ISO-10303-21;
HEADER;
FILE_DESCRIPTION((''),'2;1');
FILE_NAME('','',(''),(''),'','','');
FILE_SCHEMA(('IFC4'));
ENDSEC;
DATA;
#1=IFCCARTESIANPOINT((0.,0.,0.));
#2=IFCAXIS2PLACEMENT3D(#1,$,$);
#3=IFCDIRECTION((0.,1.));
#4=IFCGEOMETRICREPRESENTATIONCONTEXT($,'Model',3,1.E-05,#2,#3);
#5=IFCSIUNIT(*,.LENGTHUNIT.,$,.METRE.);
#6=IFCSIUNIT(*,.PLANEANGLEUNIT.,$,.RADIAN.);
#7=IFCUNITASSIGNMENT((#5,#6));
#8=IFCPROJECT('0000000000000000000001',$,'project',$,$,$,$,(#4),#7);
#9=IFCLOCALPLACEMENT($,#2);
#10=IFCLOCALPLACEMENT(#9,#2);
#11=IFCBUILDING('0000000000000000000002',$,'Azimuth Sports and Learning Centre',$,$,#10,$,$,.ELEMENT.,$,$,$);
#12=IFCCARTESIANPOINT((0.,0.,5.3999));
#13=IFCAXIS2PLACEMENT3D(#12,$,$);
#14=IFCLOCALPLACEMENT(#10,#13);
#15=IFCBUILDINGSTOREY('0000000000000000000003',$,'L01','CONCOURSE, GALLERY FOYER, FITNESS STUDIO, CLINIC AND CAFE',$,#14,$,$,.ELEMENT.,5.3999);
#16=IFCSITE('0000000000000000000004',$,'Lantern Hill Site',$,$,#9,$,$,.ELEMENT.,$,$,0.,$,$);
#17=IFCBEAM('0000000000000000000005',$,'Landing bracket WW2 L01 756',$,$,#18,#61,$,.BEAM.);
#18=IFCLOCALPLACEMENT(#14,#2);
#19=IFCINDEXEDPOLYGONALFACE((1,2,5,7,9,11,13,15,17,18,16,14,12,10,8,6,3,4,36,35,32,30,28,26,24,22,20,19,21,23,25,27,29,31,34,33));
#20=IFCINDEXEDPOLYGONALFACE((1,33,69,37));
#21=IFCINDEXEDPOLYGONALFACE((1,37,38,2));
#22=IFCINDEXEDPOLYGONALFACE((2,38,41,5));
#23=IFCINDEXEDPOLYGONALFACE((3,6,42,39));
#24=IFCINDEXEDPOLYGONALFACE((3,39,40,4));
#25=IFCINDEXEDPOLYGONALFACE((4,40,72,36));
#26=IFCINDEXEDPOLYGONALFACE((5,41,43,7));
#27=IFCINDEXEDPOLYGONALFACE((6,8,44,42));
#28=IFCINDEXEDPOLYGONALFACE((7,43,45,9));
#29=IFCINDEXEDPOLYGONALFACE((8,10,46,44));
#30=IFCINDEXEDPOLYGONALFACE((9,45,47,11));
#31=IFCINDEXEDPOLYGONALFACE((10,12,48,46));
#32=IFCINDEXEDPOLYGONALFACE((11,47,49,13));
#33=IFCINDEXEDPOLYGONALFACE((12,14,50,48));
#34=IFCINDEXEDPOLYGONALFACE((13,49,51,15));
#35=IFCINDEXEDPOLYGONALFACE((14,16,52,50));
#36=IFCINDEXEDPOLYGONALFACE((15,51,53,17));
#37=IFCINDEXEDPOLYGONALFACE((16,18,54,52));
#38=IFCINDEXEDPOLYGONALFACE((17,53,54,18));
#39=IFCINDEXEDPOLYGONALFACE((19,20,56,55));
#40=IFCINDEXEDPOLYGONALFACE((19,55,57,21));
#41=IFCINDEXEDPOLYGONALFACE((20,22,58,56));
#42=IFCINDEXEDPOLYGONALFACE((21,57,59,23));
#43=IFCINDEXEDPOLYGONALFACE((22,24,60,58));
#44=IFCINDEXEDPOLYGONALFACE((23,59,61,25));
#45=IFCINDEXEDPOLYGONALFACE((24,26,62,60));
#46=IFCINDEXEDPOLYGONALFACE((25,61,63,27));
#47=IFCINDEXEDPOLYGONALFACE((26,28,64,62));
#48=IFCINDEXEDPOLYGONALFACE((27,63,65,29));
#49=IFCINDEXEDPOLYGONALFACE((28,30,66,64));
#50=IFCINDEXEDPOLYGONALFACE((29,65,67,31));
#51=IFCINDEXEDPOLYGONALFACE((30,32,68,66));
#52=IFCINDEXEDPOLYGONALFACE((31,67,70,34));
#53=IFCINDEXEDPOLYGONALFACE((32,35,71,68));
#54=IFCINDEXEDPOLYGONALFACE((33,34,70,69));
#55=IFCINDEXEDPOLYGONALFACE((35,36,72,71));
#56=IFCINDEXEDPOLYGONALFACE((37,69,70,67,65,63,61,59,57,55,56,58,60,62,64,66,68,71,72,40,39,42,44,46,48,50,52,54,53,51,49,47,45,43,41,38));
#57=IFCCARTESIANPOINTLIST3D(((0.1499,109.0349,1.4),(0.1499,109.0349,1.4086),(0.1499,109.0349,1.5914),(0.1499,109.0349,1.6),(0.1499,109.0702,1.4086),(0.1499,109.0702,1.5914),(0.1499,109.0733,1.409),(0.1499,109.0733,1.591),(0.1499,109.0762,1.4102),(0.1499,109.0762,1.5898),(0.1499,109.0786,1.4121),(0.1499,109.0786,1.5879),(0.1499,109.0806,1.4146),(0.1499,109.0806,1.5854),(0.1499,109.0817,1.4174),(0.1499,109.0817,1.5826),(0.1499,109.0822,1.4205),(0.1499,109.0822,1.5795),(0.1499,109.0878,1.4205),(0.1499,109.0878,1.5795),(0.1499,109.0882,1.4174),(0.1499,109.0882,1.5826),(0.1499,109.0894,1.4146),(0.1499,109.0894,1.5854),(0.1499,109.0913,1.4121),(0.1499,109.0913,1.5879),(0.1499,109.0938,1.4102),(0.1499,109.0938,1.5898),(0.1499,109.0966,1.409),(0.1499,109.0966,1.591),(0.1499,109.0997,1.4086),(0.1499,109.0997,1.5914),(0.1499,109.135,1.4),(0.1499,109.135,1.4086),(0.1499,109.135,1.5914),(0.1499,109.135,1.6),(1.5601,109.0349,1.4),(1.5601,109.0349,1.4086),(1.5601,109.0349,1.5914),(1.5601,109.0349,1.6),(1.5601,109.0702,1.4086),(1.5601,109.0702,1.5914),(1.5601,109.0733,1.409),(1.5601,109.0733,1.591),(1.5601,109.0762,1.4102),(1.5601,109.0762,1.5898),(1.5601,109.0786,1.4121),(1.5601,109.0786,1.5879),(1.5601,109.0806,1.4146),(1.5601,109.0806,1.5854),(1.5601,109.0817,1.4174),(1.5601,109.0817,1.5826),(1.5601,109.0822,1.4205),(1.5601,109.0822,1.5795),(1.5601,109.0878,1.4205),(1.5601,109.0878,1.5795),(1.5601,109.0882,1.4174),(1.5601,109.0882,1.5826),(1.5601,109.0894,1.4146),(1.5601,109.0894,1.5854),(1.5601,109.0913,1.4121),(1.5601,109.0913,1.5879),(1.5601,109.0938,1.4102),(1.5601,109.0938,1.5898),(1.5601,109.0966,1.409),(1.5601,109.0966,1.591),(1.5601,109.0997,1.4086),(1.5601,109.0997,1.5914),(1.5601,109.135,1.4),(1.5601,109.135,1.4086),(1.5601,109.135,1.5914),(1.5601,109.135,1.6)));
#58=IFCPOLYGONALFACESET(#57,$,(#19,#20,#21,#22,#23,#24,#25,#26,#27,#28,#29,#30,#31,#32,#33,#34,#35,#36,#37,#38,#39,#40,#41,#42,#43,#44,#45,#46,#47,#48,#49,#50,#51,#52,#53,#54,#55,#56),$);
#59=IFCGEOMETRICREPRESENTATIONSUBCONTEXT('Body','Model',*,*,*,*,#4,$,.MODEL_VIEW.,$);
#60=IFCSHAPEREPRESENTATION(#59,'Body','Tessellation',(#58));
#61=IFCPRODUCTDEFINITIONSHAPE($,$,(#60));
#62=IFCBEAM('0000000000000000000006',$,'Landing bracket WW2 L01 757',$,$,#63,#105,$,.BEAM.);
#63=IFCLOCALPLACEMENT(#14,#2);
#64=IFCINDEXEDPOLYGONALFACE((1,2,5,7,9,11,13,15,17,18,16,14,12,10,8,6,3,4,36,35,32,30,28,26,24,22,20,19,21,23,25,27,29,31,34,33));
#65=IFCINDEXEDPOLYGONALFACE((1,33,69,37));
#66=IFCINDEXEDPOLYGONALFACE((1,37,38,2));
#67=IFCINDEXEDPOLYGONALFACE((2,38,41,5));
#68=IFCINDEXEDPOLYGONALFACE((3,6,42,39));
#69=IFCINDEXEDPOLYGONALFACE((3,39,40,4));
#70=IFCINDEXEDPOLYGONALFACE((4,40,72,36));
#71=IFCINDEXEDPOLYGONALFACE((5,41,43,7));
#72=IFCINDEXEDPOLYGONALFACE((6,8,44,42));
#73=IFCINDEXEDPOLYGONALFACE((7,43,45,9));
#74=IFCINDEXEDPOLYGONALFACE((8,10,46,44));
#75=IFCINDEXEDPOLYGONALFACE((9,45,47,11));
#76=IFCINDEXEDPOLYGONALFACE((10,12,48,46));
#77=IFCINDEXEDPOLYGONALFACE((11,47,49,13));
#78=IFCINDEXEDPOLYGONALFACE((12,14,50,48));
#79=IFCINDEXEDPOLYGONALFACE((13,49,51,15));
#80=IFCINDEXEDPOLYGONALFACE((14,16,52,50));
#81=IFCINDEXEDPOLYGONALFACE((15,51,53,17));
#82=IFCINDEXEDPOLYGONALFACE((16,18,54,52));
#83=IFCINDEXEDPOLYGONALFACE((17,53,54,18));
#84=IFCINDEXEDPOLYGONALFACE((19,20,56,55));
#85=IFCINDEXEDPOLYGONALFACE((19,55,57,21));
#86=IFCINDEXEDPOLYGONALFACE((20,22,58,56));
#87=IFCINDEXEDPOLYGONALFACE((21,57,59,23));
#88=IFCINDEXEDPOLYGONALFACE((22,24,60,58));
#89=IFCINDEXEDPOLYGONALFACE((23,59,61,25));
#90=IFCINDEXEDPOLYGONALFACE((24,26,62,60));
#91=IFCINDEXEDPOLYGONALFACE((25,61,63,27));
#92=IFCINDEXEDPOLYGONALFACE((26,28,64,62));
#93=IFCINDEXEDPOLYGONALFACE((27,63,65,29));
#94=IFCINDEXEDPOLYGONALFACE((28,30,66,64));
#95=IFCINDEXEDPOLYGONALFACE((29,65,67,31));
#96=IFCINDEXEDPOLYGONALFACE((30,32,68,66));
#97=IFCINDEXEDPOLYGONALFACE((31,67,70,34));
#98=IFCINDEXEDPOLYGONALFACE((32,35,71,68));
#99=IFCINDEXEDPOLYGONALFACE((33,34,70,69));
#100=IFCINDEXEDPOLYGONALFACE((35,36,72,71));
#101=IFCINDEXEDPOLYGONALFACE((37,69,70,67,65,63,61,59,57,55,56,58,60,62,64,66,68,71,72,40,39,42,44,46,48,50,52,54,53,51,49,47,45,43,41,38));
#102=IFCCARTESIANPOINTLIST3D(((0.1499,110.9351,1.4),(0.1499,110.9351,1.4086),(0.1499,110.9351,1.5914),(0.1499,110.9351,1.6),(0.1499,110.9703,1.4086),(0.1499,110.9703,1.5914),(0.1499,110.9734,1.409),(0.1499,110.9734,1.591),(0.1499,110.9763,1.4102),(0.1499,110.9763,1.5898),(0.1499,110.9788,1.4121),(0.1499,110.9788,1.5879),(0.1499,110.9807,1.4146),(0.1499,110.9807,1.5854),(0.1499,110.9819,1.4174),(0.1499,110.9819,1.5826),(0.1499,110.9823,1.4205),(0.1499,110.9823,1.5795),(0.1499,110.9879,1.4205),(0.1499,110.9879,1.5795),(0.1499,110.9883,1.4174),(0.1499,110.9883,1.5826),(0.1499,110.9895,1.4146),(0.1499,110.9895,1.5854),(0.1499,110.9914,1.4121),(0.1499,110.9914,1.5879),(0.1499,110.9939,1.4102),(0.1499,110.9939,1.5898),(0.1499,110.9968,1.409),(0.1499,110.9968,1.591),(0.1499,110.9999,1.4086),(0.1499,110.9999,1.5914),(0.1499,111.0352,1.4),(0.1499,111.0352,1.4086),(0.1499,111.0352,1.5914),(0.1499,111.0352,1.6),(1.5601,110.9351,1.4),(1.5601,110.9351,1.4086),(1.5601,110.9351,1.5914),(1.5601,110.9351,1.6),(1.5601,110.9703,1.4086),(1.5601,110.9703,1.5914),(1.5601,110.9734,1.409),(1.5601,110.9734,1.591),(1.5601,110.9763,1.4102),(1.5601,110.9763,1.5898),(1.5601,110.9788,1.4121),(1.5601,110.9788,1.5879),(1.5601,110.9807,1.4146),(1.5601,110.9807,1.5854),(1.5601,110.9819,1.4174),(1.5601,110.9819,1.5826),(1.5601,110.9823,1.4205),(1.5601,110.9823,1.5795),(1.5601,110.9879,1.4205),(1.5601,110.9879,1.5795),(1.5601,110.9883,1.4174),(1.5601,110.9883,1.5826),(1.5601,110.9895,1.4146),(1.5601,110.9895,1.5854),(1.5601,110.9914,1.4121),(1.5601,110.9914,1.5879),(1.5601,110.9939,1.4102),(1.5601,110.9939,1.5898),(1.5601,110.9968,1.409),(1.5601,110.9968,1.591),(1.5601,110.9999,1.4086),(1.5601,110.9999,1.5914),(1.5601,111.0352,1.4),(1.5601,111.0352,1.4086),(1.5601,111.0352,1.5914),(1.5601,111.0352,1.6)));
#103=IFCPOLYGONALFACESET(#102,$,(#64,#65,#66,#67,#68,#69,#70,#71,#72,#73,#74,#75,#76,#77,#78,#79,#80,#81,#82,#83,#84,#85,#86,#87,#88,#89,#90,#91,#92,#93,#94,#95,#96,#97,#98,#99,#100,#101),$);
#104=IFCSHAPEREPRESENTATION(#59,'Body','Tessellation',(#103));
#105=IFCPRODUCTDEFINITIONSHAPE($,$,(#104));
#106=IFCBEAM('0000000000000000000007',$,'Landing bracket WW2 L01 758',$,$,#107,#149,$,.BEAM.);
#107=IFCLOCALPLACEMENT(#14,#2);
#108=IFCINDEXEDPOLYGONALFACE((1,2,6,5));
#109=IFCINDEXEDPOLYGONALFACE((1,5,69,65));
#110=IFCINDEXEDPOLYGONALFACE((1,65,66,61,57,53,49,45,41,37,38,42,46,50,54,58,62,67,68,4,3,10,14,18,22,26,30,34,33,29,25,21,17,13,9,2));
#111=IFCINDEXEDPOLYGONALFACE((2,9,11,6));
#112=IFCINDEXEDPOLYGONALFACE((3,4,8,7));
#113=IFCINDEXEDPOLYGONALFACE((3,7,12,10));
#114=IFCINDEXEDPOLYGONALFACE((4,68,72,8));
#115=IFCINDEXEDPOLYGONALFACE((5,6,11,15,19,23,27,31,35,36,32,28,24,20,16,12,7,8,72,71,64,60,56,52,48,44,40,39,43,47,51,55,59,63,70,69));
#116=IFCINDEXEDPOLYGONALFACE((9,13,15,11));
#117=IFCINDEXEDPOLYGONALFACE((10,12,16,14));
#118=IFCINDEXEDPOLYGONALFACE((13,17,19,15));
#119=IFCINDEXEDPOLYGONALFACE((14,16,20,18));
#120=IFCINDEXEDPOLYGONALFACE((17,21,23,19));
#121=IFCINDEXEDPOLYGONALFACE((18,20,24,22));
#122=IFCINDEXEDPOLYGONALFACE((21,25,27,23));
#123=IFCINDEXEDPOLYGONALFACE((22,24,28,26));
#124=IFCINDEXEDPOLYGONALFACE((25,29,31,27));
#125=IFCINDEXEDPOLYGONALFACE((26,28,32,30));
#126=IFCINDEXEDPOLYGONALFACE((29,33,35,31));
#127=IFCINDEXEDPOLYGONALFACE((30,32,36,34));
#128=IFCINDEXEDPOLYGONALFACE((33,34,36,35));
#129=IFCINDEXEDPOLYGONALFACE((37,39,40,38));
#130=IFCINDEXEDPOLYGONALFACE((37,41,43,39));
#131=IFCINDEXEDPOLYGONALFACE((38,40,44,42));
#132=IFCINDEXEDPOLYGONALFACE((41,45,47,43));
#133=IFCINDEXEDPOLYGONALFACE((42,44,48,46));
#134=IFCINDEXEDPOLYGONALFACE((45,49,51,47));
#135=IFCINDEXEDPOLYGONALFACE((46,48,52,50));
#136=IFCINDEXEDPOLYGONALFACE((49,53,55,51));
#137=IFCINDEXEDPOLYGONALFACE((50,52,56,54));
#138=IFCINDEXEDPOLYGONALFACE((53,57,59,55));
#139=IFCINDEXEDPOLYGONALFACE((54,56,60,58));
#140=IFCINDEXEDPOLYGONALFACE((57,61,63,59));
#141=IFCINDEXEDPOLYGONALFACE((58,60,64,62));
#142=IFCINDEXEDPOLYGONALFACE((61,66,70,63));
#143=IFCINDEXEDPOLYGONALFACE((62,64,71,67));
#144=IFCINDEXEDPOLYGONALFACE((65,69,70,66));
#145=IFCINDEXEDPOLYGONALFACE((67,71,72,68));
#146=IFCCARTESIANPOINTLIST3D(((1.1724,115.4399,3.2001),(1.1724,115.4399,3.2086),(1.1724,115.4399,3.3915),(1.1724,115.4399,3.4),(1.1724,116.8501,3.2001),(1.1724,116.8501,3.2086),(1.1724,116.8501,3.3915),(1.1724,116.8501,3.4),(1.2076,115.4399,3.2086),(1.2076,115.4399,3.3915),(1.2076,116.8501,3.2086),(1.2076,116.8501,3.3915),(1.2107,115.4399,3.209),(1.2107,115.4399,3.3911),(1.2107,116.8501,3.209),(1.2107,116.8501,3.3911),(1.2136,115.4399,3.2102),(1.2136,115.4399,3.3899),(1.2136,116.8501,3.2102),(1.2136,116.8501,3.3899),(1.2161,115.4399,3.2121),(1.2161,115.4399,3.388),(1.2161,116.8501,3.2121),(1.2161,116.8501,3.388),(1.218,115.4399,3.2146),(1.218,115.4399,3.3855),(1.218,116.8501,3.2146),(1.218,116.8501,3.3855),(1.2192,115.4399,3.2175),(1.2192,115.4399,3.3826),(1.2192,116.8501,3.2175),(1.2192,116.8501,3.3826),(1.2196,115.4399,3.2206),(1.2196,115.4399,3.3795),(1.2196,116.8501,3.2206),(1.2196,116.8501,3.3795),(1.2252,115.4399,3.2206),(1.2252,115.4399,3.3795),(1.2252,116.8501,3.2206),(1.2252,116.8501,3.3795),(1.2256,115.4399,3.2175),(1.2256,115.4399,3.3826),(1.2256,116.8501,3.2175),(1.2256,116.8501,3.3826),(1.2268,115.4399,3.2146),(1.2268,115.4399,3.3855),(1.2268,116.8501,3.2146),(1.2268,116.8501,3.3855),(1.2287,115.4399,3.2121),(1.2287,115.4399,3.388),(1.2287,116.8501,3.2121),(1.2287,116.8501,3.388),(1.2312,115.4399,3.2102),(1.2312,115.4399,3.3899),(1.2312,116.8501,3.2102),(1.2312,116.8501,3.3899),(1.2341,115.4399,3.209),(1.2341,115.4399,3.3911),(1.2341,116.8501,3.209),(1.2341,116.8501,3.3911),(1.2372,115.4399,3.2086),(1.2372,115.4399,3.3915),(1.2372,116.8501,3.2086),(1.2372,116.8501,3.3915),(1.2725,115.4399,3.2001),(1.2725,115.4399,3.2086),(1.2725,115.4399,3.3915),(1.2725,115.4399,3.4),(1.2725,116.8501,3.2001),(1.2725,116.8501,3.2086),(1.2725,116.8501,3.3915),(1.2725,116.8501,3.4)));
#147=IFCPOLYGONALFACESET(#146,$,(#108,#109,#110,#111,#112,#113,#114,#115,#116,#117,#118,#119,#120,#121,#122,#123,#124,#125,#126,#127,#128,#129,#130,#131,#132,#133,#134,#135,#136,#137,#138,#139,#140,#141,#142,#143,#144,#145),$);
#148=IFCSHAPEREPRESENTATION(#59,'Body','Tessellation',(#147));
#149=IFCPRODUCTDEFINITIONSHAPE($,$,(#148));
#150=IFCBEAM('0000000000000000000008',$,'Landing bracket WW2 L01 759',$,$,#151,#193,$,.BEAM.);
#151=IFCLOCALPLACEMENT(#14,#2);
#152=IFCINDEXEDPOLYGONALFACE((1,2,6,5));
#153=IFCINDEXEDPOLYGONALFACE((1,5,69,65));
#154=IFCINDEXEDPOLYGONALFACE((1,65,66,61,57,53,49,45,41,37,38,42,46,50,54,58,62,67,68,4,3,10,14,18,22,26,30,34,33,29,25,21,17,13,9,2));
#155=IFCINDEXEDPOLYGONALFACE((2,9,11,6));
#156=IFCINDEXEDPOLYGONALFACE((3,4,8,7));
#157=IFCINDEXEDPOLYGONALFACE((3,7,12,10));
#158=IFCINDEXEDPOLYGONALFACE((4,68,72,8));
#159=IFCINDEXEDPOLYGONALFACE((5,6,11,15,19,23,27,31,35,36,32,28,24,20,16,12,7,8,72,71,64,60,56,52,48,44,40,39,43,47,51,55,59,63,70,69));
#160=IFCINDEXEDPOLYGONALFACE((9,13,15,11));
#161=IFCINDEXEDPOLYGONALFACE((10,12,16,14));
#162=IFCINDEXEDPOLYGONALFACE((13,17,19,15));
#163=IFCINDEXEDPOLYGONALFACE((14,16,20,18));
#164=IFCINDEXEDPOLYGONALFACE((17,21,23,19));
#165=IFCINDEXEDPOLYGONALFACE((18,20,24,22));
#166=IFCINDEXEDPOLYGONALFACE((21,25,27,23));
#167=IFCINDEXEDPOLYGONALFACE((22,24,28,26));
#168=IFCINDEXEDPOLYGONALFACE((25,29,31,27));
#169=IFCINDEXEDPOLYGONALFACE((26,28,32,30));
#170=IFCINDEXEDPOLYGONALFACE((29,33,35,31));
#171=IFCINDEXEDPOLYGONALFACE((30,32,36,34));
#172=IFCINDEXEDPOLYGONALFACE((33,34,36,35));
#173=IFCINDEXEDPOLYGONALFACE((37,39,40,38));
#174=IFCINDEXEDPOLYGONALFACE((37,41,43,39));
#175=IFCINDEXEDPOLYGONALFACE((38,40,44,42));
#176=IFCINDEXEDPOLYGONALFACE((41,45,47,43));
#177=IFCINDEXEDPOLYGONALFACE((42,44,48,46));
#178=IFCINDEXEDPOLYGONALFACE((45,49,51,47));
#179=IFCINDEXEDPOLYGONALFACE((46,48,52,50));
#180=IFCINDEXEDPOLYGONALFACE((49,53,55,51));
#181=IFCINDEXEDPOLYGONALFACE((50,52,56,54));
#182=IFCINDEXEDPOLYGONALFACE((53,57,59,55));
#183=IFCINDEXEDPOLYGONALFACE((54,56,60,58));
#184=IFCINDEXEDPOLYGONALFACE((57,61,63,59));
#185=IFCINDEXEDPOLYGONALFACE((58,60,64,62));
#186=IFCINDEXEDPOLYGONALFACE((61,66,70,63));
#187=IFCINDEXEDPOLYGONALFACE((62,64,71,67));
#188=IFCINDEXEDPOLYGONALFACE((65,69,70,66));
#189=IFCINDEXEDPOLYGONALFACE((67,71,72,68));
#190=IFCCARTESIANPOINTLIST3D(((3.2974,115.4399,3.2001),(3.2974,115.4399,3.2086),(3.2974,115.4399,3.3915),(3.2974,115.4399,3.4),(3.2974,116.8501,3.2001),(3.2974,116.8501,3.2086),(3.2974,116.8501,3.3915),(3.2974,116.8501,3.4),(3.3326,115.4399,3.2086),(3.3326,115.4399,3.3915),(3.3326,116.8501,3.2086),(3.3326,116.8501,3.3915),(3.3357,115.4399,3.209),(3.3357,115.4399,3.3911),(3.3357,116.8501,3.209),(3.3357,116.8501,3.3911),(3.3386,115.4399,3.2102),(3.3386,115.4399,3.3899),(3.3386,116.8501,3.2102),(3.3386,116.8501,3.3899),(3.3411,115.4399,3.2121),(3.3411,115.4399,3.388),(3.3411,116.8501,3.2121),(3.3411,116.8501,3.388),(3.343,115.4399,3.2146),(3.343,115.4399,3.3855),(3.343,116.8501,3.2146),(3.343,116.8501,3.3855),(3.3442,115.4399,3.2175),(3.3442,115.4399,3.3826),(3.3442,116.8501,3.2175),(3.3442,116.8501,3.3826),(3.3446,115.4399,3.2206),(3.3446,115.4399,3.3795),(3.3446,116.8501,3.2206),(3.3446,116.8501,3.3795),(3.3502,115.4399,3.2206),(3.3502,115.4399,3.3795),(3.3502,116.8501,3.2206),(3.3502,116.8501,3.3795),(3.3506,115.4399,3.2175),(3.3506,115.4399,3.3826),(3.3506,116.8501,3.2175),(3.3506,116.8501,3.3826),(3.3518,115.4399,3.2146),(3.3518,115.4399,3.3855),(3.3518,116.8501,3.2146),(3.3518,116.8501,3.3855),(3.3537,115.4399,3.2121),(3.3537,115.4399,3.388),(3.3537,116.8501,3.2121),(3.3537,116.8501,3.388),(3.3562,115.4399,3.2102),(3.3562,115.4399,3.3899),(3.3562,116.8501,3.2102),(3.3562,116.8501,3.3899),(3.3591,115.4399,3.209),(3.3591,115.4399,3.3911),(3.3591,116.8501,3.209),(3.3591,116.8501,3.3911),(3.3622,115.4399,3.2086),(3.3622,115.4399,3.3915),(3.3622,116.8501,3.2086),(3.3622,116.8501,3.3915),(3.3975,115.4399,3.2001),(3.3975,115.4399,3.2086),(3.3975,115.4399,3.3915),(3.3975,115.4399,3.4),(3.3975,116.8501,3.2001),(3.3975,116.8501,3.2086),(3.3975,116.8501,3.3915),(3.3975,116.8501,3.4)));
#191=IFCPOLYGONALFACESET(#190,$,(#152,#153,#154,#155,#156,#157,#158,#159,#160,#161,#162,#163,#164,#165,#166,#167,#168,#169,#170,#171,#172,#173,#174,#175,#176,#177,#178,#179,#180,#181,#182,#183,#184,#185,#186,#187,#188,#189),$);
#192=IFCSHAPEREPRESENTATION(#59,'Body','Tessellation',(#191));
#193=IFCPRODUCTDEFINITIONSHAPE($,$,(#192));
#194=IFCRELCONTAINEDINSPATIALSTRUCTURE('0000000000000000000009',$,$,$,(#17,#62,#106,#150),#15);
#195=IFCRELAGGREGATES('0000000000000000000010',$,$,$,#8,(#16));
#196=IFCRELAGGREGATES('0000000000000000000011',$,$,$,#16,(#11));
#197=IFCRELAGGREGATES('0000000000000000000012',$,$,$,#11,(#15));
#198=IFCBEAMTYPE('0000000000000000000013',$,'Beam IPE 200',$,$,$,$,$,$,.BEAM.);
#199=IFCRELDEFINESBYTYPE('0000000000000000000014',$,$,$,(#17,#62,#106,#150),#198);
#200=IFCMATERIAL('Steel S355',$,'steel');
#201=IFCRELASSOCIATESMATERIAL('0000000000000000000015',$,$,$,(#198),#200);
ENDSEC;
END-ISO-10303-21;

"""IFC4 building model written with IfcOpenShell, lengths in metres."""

from ifc_helpers import new_model, si_unit, direction, frame, origin, origin_2d, place, context, subcontext, project, spatial, i_section, extrude, material, material_profile, profile_set, type_object, element, save


model = new_model("IFC4")

# Units and contexts
model_context = context("Model", 3, precision=1e-05, world=origin(), true_north=direction((0.0, 1.0)))
body_context = subcontext(model_context, "Body", "Model", "MODEL_VIEW")
ifc_project = project(units=[si_unit("LENGTHUNIT", "METRE"), si_unit("PLANEANGLEUNIT", "RADIAN")], contexts=[model_context])

# Site, building, storey
site_placement = place(None, origin())
site = spatial("IfcSite", under=ifc_project, at=site_placement, Name="Lantern Hill Site", CompositionType="ELEMENT", RefElevation=0.0)
building_placement = place(site_placement, origin())
building = spatial("IfcBuilding", under=site, at=building_placement, Name="Azimuth Sports and Learning Centre", CompositionType="ELEMENT")
storey_placement = place(building_placement, frame((0.0, 0.0, 5.3999)))
storey = spatial("IfcBuildingStorey", under=building, at=storey_placement, Name="L01", Description="CONCOURSE, GALLERY FOYER, FITNESS STUDIO, CLINIC AND CAFE", CompositionType="ELEMENT", Elevation=5.3999)

# Beams
ifc_material_1 = material(Name="Steel S355", Category="steel")
ifc_material_profile = material_profile(ifc_material_1, i_section(OverallWidth=0.1001, OverallDepth=0.2, WebThickness=0.0056, FlangeThickness=0.0085, FilletRadius=0.012, at=origin_2d()), Name="IPE 200")
ifc_profile_set = profile_set([ifc_material_profile], Name="Steel S355")
beam_type = type_object("IfcBeamType", Name="Beam IPE 200", PredefinedType="BEAM", material=ifc_profile_set)
for number, where, z_axis, x_axis, name in (
    (1, (0.1499, 109.085, 1.5), (1.0, 0.0, 0.0), (0.0, 1.0, 0.0), "Landing bracket WW2 L01 756"),
    (2, (0.1499, 110.9851, 1.5), (1.0, 0.0, 0.0), (0.0, 1.0, 0.0), "Landing bracket WW2 L01 757"),
    (3, (1.2224, 116.8501, 3.3), (0.0, -1.0, 0.0), (1.0, 0.0, 0.0), "Landing bracket WW2 L01 758"),
    (4, (3.3474, 116.8501, 3.3), (0.0, -1.0, 0.0), (1.0, 0.0, 0.0), "Landing bracket WW2 L01 759"),
):
    element("IfcBeam", number, at=place(storey_placement, frame(where, z_axis=z_axis, x_axis=x_axis)), inside=storey, type_object=beam_type, Name=name, PredefinedType="BEAM", context=body_context, shape_type="SweptSolid", body=[
        extrude(i_section(OverallWidth=0.1001, OverallDepth=0.2, WebThickness=0.0056, FlangeThickness=0.0085, FilletRadius=0.012, at=origin_2d()), origin(), (0.0, 0.0, 1.0), 1.4102),
    ])

save(model, "model.ifc")
